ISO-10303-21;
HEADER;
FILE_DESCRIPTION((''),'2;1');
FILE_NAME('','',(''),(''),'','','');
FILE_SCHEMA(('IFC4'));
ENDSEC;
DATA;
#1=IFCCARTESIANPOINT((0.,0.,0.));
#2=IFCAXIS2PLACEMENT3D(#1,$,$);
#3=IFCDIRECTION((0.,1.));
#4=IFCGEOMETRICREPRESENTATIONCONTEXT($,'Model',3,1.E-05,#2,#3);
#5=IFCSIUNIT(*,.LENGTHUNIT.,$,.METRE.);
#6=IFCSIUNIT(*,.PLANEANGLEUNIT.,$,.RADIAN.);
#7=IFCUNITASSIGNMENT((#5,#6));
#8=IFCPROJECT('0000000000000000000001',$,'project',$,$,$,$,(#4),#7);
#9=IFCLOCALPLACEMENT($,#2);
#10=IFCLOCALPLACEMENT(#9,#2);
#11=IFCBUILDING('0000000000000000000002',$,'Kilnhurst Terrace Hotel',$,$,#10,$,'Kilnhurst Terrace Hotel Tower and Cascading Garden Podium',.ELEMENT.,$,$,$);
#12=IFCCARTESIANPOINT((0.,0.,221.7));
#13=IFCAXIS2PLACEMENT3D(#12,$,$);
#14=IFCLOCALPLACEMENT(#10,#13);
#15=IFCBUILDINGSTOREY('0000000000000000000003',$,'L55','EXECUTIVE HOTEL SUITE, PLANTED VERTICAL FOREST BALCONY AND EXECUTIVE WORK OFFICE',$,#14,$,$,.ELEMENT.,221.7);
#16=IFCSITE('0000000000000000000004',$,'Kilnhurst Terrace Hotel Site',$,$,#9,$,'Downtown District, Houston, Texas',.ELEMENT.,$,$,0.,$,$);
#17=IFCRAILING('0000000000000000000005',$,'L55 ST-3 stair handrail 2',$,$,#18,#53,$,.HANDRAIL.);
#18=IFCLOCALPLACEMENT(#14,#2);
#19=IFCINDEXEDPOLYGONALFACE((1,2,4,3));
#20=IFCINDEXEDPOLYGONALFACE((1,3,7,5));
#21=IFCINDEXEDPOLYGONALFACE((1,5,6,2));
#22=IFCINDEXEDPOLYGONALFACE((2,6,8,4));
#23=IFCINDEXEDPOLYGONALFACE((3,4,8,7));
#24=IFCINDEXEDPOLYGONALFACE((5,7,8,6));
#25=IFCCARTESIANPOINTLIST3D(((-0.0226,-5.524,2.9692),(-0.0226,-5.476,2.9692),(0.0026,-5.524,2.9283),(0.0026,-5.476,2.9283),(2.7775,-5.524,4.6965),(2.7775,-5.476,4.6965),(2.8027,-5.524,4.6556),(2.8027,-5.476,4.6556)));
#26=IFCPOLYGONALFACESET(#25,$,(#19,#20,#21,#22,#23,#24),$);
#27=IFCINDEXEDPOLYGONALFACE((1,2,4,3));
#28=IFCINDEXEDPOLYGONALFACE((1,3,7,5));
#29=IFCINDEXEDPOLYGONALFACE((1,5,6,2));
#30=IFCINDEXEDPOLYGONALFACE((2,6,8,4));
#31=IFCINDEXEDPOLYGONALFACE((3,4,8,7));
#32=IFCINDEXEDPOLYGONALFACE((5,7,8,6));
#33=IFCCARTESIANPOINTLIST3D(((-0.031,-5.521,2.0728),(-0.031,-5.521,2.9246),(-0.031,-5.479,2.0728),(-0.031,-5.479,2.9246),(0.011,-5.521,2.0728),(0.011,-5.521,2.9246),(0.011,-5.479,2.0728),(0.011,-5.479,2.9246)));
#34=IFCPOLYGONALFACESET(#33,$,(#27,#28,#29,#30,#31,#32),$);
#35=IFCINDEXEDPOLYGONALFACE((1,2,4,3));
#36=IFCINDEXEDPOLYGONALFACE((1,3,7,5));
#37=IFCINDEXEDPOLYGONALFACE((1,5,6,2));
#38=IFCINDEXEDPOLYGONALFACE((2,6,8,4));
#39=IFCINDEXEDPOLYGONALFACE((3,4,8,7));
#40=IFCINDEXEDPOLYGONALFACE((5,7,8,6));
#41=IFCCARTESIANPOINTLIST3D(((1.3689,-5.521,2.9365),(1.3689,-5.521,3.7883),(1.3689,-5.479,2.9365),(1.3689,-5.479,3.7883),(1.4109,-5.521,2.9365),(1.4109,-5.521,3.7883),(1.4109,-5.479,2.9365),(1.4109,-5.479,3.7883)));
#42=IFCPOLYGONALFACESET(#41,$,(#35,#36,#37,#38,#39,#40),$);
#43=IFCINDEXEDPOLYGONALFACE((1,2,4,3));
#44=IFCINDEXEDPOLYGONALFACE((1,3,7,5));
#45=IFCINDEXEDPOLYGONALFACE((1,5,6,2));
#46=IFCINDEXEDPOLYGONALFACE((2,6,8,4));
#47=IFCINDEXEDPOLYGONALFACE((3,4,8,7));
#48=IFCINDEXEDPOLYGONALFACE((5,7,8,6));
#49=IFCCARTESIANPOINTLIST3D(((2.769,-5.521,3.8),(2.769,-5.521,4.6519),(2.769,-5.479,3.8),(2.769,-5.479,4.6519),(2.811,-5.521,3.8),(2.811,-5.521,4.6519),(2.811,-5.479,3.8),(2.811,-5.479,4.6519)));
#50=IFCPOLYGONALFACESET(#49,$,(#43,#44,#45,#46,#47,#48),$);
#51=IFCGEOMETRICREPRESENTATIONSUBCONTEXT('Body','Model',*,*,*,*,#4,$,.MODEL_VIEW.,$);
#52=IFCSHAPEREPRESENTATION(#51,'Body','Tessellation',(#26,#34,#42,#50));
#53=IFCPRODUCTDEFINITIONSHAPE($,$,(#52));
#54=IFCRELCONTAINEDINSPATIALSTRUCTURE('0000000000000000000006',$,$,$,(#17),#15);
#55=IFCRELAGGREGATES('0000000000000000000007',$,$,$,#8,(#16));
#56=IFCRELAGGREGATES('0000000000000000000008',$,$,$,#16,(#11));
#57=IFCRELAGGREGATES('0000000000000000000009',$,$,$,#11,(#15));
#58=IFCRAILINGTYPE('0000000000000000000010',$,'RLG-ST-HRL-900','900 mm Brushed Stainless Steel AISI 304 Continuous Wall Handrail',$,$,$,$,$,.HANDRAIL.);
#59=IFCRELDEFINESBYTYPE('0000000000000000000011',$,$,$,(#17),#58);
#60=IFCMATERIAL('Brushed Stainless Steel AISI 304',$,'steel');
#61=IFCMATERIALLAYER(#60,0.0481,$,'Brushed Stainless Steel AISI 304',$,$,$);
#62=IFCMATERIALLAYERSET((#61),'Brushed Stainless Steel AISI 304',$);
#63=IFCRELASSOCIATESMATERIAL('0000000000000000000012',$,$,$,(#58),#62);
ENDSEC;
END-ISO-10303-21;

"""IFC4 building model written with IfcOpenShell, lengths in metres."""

from ifc_helpers import new_model, si_unit, direction, frame, origin, origin_2d, place, context, subcontext, project, spatial, rectangle, extrude, material, layer, layer_set, type_object, element, save


model = new_model("IFC4")

# Units and contexts
model_context = context("Model", 3, precision=1e-05, world=origin(), true_north=direction((0.0, 1.0)))
body_context = subcontext(model_context, "Body", "Model", "MODEL_VIEW")
ifc_project = project(units=[si_unit("LENGTHUNIT", "METRE"), si_unit("PLANEANGLEUNIT", "RADIAN")], contexts=[model_context])

# Site, building, storey
site_placement = place(None, origin())
site = spatial("IfcSite", under=ifc_project, at=site_placement, Name="Kilnhurst Terrace Hotel Site", LongName="Downtown District, Houston, Texas", CompositionType="ELEMENT", RefElevation=0.0)
building_placement = place(site_placement, origin())
building = spatial("IfcBuilding", under=site, at=building_placement, Name="Kilnhurst Terrace Hotel", LongName="Kilnhurst Terrace Hotel Tower and Cascading Garden Podium", CompositionType="ELEMENT")
storey_placement = place(building_placement, frame((0.0, 0.0, 221.7)))
storey = spatial("IfcBuildingStorey", under=building, at=storey_placement, Name="L55", Description="EXECUTIVE HOTEL SUITE, PLANTED VERTICAL FOREST BALCONY AND EXECUTIVE WORK OFFICE", CompositionType="ELEMENT", Elevation=221.7)

# Railing
ifc_material_1 = material(Name="Brushed Stainless Steel AISI 304", Category="steel")
ifc_layer_1 = layer(ifc_material_1, 0.0481, Name="Brushed Stainless Steel AISI 304")
ifc_layer_set_1 = layer_set([ifc_layer_1], Name="Brushed Stainless Steel AISI 304")
railing_type_1 = type_object("IfcRailingType", Name="RLG-ST-HRL-900", Description="900 mm Brushed Stainless Steel AISI 304 Continuous Wall Handrail", PredefinedType="HANDRAIL", material=ifc_layer_set_1)
railing_1_placement = place(storey_placement, frame((-0.01, -5.5, 2.0728)))
element("IfcRailing", 1, at=railing_1_placement, inside=storey, type_object=railing_type_1, Name="L55 ST-3 stair handrail 2", PredefinedType="HANDRAIL", context=body_context, shape_type="SweptSolid", body=[
    extrude(rectangle(XDim=0.0481, YDim=0.0481, at=origin_2d()), frame((0.0, 0.0, 0.876), z_axis=(0.85109, 0.0, 0.52502), x_axis=(0.0, 1.0, 0.0)), (0.0, 0.0, 1.0), 3.29),
    extrude(rectangle(XDim=0.042, YDim=0.042, at=origin_2d()), origin(), (0.0, 0.0, 1.0), 0.8518),
    extrude(rectangle(XDim=0.042, YDim=0.042, at=origin_2d()), frame((1.3999, 0.0, 0.8638)), (0.0, 0.0, 1.0), 0.8518),
    extrude(rectangle(XDim=0.042, YDim=0.042, at=origin_2d()), frame((2.8, 0.0, 1.7273)), (0.0, 0.0, 1.0), 0.8518),
])

save(model, "model.ifc")
